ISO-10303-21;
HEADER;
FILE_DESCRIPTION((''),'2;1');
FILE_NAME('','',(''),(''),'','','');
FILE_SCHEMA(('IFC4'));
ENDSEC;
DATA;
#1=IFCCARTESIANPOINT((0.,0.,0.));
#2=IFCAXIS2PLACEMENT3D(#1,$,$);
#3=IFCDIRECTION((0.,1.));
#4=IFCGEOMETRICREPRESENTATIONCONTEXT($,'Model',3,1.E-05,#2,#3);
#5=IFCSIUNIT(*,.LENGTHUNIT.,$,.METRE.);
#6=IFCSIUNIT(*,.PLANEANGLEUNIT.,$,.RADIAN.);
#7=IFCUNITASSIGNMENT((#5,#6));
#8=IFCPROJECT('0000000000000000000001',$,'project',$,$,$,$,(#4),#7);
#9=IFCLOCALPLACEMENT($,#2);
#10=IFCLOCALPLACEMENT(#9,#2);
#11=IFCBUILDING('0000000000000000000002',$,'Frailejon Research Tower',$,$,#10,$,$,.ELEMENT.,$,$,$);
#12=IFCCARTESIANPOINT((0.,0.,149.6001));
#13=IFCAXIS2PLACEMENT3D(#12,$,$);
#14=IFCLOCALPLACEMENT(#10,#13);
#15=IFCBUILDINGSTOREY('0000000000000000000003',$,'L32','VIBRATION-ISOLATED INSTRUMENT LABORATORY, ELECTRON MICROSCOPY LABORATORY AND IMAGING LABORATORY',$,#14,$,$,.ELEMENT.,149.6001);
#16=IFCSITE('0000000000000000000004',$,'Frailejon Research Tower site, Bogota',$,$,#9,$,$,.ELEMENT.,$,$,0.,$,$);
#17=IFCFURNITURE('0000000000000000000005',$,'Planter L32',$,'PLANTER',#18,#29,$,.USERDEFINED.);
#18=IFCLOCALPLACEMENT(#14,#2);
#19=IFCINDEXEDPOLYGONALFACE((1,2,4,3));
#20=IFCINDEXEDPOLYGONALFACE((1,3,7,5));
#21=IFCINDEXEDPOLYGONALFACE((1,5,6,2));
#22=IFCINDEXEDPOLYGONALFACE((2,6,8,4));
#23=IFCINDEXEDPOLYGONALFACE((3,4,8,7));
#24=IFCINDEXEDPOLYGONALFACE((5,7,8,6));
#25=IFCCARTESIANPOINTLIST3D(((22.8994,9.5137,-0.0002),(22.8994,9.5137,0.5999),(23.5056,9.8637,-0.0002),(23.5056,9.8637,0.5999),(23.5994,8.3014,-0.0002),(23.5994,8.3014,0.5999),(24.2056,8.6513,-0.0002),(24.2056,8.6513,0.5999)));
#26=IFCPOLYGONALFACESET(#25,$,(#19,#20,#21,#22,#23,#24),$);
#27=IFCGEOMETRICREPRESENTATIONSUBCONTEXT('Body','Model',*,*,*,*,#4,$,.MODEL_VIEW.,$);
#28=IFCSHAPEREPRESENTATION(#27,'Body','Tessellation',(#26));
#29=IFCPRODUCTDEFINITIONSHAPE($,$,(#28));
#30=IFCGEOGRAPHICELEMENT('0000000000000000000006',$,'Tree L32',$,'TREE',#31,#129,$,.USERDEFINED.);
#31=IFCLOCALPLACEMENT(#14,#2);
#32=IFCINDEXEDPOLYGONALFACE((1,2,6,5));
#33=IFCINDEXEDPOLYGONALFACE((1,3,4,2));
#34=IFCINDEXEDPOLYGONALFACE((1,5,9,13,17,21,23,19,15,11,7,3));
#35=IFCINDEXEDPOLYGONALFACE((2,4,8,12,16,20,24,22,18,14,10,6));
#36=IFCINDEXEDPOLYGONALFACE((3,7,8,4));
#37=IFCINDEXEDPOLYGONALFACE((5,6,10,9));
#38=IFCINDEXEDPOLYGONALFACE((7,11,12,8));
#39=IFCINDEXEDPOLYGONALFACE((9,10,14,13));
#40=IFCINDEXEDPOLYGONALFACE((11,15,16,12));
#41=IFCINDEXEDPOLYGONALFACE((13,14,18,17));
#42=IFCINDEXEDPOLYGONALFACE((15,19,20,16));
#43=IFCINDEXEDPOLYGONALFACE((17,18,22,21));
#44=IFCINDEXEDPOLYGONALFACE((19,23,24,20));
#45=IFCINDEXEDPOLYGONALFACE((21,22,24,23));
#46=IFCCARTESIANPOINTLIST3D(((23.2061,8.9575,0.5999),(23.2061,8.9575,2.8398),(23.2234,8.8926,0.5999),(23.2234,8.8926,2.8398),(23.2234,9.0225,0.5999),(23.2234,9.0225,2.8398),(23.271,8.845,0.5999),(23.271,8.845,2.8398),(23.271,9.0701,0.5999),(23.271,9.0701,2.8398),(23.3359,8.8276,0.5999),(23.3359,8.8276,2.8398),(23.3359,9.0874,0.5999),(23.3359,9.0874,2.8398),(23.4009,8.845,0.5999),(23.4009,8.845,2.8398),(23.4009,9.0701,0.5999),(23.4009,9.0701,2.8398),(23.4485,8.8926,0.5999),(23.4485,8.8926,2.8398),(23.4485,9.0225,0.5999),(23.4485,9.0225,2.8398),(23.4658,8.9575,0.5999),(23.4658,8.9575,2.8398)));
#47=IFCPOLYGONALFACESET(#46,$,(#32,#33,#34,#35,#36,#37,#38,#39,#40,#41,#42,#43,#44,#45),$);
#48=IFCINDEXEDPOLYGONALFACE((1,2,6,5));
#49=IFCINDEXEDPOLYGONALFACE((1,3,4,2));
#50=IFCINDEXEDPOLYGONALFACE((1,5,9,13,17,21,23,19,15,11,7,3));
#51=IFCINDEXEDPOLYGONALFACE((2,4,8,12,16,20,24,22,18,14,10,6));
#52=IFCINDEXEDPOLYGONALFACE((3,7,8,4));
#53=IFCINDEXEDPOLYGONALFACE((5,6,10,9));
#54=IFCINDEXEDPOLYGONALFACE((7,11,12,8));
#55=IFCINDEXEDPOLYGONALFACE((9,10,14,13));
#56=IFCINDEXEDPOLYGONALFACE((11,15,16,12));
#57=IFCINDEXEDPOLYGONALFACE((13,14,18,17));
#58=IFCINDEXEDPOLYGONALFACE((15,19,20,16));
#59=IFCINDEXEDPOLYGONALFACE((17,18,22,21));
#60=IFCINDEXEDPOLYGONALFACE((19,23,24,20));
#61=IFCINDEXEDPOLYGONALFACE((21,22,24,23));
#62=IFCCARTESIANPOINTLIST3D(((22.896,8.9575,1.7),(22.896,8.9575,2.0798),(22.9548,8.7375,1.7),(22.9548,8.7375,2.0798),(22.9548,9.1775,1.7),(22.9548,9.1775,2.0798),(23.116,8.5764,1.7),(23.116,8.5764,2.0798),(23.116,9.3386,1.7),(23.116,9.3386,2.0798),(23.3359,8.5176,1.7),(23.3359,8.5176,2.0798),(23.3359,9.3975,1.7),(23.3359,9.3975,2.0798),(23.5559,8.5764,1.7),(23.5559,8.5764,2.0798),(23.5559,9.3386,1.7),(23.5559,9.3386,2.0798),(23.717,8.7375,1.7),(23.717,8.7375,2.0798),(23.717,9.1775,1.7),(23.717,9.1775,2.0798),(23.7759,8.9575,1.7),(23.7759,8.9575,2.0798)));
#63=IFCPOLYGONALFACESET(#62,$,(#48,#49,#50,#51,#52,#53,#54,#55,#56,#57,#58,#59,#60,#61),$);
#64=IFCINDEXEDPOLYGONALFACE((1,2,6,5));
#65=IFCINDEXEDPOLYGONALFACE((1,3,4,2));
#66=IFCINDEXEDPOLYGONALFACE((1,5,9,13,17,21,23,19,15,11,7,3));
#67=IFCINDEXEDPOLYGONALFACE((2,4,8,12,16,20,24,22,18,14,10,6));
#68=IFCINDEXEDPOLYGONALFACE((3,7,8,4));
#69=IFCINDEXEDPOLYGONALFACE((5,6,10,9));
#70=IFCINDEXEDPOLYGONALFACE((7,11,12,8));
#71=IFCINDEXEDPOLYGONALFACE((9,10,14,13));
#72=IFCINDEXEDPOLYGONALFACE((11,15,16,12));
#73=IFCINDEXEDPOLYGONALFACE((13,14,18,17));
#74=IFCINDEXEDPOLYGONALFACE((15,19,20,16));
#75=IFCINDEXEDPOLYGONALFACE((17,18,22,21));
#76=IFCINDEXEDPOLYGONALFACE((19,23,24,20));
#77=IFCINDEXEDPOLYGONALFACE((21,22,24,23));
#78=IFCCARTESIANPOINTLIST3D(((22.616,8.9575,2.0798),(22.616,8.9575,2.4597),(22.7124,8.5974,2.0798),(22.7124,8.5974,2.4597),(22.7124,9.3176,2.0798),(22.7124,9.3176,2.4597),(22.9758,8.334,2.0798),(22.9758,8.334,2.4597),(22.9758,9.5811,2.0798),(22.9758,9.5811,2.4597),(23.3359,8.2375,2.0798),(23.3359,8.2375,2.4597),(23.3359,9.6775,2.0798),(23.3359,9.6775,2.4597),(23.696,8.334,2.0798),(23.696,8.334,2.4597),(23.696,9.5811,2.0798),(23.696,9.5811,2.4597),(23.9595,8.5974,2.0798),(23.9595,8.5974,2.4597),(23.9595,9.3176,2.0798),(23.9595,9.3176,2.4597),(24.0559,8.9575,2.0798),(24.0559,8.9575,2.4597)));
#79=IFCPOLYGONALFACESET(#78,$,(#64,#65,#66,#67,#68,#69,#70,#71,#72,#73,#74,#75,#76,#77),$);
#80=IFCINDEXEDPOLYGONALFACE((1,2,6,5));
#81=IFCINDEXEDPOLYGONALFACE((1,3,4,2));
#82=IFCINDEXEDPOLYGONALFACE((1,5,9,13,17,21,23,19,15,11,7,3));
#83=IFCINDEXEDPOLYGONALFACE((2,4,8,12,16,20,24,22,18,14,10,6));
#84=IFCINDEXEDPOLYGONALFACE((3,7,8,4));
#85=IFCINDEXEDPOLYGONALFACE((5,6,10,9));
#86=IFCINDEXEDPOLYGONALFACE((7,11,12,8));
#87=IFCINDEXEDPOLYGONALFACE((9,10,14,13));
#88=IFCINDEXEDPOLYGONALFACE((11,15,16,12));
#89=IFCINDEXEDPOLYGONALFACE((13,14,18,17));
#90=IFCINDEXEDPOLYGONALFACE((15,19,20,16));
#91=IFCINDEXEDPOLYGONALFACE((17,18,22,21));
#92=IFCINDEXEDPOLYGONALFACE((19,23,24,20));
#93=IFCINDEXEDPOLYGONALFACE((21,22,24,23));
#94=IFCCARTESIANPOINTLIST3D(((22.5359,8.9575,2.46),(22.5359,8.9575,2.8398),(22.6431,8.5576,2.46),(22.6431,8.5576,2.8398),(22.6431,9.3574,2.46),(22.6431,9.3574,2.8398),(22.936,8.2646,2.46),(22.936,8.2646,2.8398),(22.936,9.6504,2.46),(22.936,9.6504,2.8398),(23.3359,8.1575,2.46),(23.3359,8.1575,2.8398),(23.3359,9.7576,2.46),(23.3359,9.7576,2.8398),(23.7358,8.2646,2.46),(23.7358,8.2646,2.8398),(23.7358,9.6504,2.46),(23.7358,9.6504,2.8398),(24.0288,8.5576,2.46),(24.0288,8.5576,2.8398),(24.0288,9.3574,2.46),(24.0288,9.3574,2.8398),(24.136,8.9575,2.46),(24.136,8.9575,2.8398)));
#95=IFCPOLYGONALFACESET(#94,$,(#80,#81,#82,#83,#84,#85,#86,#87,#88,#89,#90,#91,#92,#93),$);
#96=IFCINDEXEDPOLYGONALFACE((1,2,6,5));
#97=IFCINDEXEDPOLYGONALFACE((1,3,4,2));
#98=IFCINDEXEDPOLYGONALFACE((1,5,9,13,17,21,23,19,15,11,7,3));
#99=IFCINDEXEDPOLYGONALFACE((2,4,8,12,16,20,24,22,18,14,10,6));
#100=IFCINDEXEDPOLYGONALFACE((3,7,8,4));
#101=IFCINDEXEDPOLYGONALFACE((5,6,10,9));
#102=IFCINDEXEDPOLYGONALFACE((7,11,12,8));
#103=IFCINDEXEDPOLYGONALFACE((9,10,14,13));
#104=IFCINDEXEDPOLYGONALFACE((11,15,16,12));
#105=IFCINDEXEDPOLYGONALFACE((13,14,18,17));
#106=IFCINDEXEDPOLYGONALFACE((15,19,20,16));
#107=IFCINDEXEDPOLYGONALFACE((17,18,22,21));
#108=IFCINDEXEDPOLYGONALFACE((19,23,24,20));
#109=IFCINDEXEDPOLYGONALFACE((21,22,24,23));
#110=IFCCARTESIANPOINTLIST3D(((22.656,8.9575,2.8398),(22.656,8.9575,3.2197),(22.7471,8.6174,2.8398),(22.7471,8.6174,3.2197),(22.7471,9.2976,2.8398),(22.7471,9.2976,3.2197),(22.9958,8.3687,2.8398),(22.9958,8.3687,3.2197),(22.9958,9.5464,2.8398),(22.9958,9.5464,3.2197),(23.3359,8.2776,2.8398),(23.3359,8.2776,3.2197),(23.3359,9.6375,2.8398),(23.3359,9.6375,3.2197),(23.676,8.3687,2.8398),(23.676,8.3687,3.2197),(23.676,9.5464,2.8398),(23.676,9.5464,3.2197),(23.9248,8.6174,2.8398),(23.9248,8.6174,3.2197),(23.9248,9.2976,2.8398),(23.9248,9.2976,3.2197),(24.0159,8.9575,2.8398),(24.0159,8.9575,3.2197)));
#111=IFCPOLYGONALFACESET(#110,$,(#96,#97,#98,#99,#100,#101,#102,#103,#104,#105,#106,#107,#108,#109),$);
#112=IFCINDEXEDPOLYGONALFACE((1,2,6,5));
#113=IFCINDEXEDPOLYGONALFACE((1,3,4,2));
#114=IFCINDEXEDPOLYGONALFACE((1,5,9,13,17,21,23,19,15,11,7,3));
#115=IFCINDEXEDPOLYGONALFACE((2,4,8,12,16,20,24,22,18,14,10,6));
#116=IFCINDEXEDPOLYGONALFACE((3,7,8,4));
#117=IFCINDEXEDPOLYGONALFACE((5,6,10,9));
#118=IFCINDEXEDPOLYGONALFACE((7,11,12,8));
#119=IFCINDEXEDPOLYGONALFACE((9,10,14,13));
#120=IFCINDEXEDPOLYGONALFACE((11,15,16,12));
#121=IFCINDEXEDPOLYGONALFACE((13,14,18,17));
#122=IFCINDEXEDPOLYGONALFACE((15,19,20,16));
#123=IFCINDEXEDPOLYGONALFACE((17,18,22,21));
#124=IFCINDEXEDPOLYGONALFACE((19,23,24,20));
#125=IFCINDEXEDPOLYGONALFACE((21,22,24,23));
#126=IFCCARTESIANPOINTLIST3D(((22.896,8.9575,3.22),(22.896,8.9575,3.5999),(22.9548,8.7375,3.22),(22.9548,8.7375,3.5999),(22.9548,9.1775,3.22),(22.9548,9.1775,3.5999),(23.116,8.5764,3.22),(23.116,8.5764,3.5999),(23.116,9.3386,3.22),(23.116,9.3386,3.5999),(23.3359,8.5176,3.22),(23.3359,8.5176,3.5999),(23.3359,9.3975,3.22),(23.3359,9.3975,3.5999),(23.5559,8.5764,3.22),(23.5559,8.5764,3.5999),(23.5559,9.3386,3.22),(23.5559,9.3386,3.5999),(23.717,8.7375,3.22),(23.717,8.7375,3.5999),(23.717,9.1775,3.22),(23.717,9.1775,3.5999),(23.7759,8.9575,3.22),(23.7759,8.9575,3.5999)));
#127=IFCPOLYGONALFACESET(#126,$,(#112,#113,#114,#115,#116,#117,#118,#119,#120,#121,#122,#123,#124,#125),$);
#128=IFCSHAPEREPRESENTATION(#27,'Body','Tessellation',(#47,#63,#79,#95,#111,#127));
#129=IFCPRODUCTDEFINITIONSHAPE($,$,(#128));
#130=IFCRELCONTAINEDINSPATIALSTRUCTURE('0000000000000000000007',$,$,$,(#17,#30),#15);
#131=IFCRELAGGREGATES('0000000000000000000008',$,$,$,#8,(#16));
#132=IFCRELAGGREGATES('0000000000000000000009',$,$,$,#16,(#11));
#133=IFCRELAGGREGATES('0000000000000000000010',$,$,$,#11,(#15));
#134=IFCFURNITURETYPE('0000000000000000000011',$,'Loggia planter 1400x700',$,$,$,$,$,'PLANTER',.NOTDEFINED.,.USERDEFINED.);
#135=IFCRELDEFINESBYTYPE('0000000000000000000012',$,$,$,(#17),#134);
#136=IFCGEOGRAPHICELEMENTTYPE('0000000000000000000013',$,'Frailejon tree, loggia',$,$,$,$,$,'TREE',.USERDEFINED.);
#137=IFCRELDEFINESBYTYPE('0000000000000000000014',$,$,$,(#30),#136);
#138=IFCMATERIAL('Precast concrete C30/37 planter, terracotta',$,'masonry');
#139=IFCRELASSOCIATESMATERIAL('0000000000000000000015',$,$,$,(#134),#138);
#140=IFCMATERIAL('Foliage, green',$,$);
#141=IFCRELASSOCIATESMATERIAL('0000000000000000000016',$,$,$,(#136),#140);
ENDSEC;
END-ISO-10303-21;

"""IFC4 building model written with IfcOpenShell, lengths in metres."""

from ifc_helpers import new_model, si_unit, direction, frame, origin, origin_2d, place, context, subcontext, project, spatial, polyline, rectangle, outline, extrude, material, type_object, element, save


model = new_model("IFC4")

# Units and contexts
model_context = context("Model", 3, precision=1e-05, world=origin(), true_north=direction((0.0, 1.0)))
body_context = subcontext(model_context, "Body", "Model", "MODEL_VIEW")
ifc_project = project(units=[si_unit("LENGTHUNIT", "METRE"), si_unit("PLANEANGLEUNIT", "RADIAN")], contexts=[model_context])

# Site, building, storey
site_placement = place(None, origin())
site = spatial("IfcSite", under=ifc_project, at=site_placement, Name="Frailejon Research Tower site, Bogota", CompositionType="ELEMENT", RefElevation=0.0)
building_placement = place(site_placement, origin())
building = spatial("IfcBuilding", under=site, at=building_placement, Name="Frailejon Research Tower", CompositionType="ELEMENT")
storey_placement = place(building_placement, frame((0.0, 0.0, 149.6001)))
storey = spatial("IfcBuildingStorey", under=building, at=storey_placement, Name="L32", Description="VIBRATION-ISOLATED INSTRUMENT LABORATORY, ELECTRON MICROSCOPY LABORATORY AND IMAGING LABORATORY", CompositionType="ELEMENT", Elevation=149.6001)

# Furniture
ifc_material_1 = material(Name="Precast concrete C30/37 planter, terracotta", Category="masonry")
furniture_type = type_object("IfcFurnitureType", Name="Loggia planter 1400x700", ElementType="PLANTER", AssemblyPlace="NOTDEFINED", PredefinedType="USERDEFINED", material=ifc_material_1)
furniture_placement = place(storey_placement, frame((23.5525, 9.0825, -0.0002), z_axis=(0.0, 0.0, 1.0), x_axis=(-0.5, 0.866025, 0.0)))
element("IfcFurniture", 1, at=furniture_placement, inside=storey, type_object=furniture_type, Name="Planter L32", ObjectType="PLANTER", PredefinedType="USERDEFINED", context=body_context, shape_type="SweptSolid", body=[
    extrude(rectangle(XDim=1.3999, YDim=0.7, at=origin_2d()), origin(), (0.0, 0.0, 1.0), 0.6001),
])

# Geographic element
ifc_material_2 = material(Name="Foliage, green")
geographic_element_type = type_object("IfcGeographicElementType", Name="Frailejon tree, loggia", ElementType="TREE", PredefinedType="USERDEFINED", material=ifc_material_2)
geographic_element_placement = place(storey_placement, frame((23.3359, 8.9575, 0.5999)))
element("IfcGeographicElement", 2, at=geographic_element_placement, inside=storey, type_object=geographic_element_type, Name="Tree L32", ObjectType="TREE", PredefinedType="USERDEFINED", context=body_context, shape_type="SweptSolid", body=[
    extrude(outline(polyline([(0.1299, 0.0), (0.1125, 0.0649), (0.0649, 0.1125), (0.0, 0.1299), (-0.0649, 0.1125), (-0.1125, 0.0649), (-0.1299, 0.0), (-0.1125, -0.0649), (-0.0649, -0.1125), (0.0, -0.1299), (0.0649, -0.1125), (0.1125, -0.0649), (0.1299, 0.0)])), origin(), (0.0, 0.0, 1.0), 2.24),
    extrude(outline(polyline([(0.4399, 0.0), (0.3811, 0.22), (0.22, 0.3811), (0.0, 0.4399), (-0.22, 0.3811), (-0.3811, 0.22), (-0.4399, 0.0), (-0.3811, -0.22), (-0.22, -0.3811), (0.0, -0.4399), (0.22, -0.3811), (0.3811, -0.22), (0.4399, 0.0)])), frame((0.0, 0.0, 1.1001)), (0.0, 0.0, 1.0), 0.3799),
    extrude(outline(polyline([(0.72, 0.0), (0.6235, 0.3601), (0.3601, 0.6235), (0.0, 0.72), (-0.3601, 0.6235), (-0.6235, 0.3601), (-0.72, 0.0), (-0.6235, -0.3601), (-0.3601, -0.6235), (0.0, -0.72), (0.3601, -0.6235), (0.6235, -0.3601), (0.72, 0.0)])), frame((0.0, 0.0, 1.48)), (0.0, 0.0, 1.0), 0.3799),
    extrude(outline(polyline([(0.8, 0.0), (0.6929, 0.3999), (0.3999, 0.6929), (0.0, 0.8), (-0.3999, 0.6929), (-0.6929, 0.3999), (-0.8, 0.0), (-0.6929, -0.3999), (-0.3999, -0.6929), (0.0, -0.8), (0.3999, -0.6929), (0.6929, -0.3999), (0.8, 0.0)])), frame((0.0, 0.0, 1.8601)), (0.0, 0.0, 1.0), 0.3799),
    extrude(outline(polyline([(0.6799, 0.0), (0.5889, 0.3401), (0.3401, 0.5889), (0.0, 0.6799), (-0.3401, 0.5889), (-0.5889, 0.3401), (-0.6799, 0.0), (-0.5889, -0.3401), (-0.3401, -0.5889), (0.0, -0.6799), (0.3401, -0.5889), (0.5889, -0.3401), (0.6799, 0.0)])), frame((0.0, 0.0, 2.24)), (0.0, 0.0, 1.0), 0.3799),
    extrude(outline(polyline([(0.4399, 0.0), (0.3811, 0.22), (0.22, 0.3811), (0.0, 0.4399), (-0.22, 0.3811), (-0.3811, 0.22), (-0.4399, 0.0), (-0.3811, -0.22), (-0.22, -0.3811), (0.0, -0.4399), (0.22, -0.3811), (0.3811, -0.22), (0.4399, 0.0)])), frame((0.0, 0.0, 2.6201)), (0.0, 0.0, 1.0), 0.3799),
])

save(model, "model.ifc")
